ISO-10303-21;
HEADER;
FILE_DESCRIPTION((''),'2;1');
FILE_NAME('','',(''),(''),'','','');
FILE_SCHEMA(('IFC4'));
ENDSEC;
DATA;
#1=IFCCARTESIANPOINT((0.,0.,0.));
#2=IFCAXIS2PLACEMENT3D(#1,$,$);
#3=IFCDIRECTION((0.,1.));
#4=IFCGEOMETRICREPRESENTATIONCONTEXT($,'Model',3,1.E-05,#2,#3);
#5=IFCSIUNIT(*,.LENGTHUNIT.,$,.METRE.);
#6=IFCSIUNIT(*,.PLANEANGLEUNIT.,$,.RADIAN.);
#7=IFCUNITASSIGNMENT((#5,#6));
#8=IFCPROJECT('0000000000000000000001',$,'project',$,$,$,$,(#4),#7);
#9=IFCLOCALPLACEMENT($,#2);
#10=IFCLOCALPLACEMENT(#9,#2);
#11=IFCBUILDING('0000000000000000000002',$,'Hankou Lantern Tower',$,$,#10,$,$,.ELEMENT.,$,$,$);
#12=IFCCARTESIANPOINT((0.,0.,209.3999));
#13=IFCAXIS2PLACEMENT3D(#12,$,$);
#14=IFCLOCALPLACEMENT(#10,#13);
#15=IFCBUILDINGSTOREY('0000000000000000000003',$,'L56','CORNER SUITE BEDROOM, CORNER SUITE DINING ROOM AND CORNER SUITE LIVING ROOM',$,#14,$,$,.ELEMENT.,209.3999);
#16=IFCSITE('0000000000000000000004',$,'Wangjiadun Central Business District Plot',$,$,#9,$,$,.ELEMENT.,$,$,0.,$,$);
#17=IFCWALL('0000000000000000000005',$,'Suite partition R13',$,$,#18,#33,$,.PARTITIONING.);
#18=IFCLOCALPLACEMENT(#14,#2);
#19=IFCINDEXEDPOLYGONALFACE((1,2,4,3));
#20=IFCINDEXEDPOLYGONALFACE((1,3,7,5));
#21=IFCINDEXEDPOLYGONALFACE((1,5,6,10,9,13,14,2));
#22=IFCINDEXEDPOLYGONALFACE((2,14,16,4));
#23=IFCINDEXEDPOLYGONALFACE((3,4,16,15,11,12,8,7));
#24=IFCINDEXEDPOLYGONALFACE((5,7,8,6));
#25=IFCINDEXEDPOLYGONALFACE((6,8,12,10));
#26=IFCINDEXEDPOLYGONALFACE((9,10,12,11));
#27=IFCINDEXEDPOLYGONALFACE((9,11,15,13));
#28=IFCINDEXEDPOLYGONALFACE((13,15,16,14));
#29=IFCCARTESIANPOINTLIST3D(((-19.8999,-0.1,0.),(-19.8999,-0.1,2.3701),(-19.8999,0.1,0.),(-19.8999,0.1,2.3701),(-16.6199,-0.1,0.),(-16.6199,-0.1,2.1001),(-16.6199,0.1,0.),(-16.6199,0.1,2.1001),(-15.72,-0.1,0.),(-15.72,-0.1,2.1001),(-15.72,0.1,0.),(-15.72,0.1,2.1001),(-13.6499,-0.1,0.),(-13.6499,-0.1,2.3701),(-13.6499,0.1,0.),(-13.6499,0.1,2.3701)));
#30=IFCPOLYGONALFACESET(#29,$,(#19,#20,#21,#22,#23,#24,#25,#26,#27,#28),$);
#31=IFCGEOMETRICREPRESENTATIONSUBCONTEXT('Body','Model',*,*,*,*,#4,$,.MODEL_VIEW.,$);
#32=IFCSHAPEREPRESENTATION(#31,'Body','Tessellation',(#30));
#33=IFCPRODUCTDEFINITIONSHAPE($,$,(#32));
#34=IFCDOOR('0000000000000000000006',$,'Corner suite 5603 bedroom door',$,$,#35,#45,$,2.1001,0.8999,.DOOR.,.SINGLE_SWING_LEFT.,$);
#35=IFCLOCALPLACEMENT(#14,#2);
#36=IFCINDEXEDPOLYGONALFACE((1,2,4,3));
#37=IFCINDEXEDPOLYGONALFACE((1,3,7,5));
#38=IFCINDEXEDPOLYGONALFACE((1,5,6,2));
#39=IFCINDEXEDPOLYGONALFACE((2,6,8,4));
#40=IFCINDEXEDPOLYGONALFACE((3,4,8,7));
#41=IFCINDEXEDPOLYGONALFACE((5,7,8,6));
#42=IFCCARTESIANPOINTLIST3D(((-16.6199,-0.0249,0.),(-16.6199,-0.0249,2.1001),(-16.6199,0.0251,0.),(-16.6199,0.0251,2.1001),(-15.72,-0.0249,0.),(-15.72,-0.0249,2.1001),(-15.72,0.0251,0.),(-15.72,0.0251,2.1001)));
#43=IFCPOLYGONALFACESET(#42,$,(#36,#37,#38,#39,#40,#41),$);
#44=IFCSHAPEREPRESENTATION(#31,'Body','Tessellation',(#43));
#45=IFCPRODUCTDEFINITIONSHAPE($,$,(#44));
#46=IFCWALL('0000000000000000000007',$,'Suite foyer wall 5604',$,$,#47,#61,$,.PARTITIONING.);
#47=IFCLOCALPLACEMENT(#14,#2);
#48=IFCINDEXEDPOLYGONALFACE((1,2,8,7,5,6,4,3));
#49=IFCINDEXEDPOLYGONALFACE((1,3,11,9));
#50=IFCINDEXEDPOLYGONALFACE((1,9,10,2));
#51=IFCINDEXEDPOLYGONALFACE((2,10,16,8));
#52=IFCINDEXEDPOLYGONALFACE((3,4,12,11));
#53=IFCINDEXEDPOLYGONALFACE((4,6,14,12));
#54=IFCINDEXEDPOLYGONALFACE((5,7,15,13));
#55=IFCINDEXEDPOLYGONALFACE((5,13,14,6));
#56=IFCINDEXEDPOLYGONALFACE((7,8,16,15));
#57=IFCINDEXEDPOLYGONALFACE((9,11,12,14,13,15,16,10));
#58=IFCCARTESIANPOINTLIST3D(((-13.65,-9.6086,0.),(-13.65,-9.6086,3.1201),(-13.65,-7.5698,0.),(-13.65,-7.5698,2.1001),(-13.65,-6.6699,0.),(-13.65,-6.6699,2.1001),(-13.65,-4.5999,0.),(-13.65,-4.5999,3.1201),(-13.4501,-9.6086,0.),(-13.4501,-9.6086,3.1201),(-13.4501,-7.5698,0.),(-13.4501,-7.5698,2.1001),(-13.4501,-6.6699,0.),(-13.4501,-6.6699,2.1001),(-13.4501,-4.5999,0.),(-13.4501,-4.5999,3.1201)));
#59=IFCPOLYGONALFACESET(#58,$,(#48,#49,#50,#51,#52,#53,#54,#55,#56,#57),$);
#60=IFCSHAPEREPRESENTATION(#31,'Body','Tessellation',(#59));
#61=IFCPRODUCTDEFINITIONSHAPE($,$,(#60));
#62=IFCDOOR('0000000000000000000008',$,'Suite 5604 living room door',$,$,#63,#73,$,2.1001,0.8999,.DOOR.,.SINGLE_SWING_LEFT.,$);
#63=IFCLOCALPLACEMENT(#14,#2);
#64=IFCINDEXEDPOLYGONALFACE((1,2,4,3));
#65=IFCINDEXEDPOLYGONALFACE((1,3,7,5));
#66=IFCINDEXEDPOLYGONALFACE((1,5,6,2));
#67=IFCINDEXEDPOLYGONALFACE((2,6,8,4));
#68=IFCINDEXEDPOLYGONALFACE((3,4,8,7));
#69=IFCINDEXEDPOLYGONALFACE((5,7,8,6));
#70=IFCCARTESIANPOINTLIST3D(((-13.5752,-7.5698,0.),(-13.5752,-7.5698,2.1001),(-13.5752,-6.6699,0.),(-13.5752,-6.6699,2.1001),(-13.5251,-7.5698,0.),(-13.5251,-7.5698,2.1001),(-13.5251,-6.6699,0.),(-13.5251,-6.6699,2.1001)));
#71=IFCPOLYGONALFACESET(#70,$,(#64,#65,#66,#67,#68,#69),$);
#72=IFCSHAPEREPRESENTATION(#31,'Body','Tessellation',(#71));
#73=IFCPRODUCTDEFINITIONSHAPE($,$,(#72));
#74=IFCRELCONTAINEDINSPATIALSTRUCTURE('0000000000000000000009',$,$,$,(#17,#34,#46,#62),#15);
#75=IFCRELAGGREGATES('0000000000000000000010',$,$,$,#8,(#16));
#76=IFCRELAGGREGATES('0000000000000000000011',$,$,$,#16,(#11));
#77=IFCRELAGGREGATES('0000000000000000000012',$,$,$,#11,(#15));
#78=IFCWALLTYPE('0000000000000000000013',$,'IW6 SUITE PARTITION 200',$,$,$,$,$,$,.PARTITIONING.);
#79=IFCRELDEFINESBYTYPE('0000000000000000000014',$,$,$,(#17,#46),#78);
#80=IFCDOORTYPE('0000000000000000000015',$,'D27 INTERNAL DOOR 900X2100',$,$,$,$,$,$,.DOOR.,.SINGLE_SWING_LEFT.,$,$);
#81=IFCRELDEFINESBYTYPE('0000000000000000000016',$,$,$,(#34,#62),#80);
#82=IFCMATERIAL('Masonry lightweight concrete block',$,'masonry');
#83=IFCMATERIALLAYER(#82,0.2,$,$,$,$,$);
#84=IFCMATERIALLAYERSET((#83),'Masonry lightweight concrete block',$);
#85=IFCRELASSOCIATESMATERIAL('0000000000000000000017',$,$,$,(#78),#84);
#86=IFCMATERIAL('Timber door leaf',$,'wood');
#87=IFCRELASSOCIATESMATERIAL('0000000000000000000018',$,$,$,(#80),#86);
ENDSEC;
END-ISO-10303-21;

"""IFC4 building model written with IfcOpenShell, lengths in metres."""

from ifc_helpers import new_model, si_unit, direction, frame, frame_2d, origin, place, context, subcontext, project, spatial, rectangle, extrude, material, layer, layer_set, type_object, element, fill, save


model = new_model("IFC4")

# Units and contexts
model_context = context("Model", 3, precision=1e-05, world=origin(), true_north=direction((0.0, 1.0)))
body_context = subcontext(model_context, "Body", "Model", "MODEL_VIEW")
ifc_project = project(units=[si_unit("LENGTHUNIT", "METRE"), si_unit("PLANEANGLEUNIT", "RADIAN")], contexts=[model_context])

# Site, building, storey
site_placement = place(None, origin())
site = spatial("IfcSite", under=ifc_project, at=site_placement, Name="Wangjiadun Central Business District Plot", CompositionType="ELEMENT", RefElevation=0.0)
building_placement = place(site_placement, origin())
building = spatial("IfcBuilding", under=site, at=building_placement, Name="Hankou Lantern Tower", CompositionType="ELEMENT")
storey_placement = place(building_placement, frame((0.0, 0.0, 209.3999)))
storey = spatial("IfcBuildingStorey", under=building, at=storey_placement, Name="L56", Description="CORNER SUITE BEDROOM, CORNER SUITE DINING ROOM AND CORNER SUITE LIVING ROOM", CompositionType="ELEMENT", Elevation=209.3999)

# Walls, openings, doors
ifc_material_1 = material(Name="Masonry lightweight concrete block", Category="masonry")
ifc_layer_1 = layer(ifc_material_1, 0.2)
ifc_layer_set_1 = layer_set([ifc_layer_1], Name="Masonry lightweight concrete block")
wall_type_1 = type_object("IfcWallType", Name="IW6 SUITE PARTITION 200", PredefinedType="PARTITIONING", material=ifc_layer_set_1)
wall_1_placement = place(storey_placement, frame((-13.6499, 0.0, 0.0), z_axis=(0.0, 0.0, 1.0), x_axis=(-1.0, 0.0, 0.0)))
wall_1 = element("IfcWall", 1, at=wall_1_placement, inside=storey, type_object=wall_type_1, Name="Suite partition R13", PredefinedType="PARTITIONING", context=body_context, shape_type="SweptSolid", body=[
    extrude(rectangle(XDim=6.25, YDim=0.2, at=frame_2d((3.125, 0.0))), origin(), (0.0, 0.0, 1.0), 2.3701),
])
opening_1_placement = place(wall_1_placement, frame((2.0701, 0.0, 0.0)))
opening_1 = element("IfcOpeningElement", 2, at=opening_1_placement, cuts=wall_1, PredefinedType="OPENING", context=body_context, shape_type="SweptSolid", body=[
    extrude(rectangle(XDim=0.8999, YDim=2.1001, at=frame_2d((0.45, 1.05))), frame((0.0, 0.1099, 0.0), z_axis=(0.0, -1.0, 0.0), x_axis=(1.0, 0.0, 0.0)), (0.0, 0.0, 1.0), 0.22),
])
ifc_material_2 = material(Name="Timber door leaf", Category="wood")
door_type_1 = type_object("IfcDoorType", Name="D27 INTERNAL DOOR 900X2100", OperationType="SINGLE_SWING_LEFT", PredefinedType="DOOR", material=ifc_material_2)
door_1_placement = place(opening_1_placement, origin())
door_1 = element("IfcDoor", 3, at=door_1_placement, inside=storey, type_object=door_type_1, Name="Corner suite 5603 bedroom door", OperationType="SINGLE_SWING_LEFT", OverallHeight=2.1001, OverallWidth=0.8999, PredefinedType="DOOR", context=body_context, shape_type="SweptSolid", body=[
    extrude(rectangle(XDim=0.8999, YDim=2.1001, at=frame_2d((0.45, 1.05))), frame((0.0, 0.0249, 0.0), z_axis=(0.0, -1.0, 0.0), x_axis=(1.0, 0.0, 0.0)), (0.0, 0.0, 1.0), 0.05),
])
fill(opening_1, door_1)
wall_2_placement = place(storey_placement, frame((-13.55, -4.5999, 0.0), z_axis=(0.0, 0.0, 1.0), x_axis=(0.0, -1.0, 0.0)))
wall_2 = element("IfcWall", 4, at=wall_2_placement, inside=storey, type_object=wall_type_1, Name="Suite foyer wall 5604", PredefinedType="PARTITIONING", context=body_context, shape_type="SweptSolid", body=[
    extrude(rectangle(XDim=5.0088, YDim=0.2, at=frame_2d((2.5044, 0.0))), origin(), (0.0, 0.0, 1.0), 3.1201),
])
opening_2_placement = place(wall_2_placement, frame((2.0701, 0.0, 0.0)))
opening_2 = element("IfcOpeningElement", 5, at=opening_2_placement, cuts=wall_2, PredefinedType="OPENING", context=body_context, shape_type="SweptSolid", body=[
    extrude(rectangle(XDim=0.8999, YDim=2.1001, at=frame_2d((0.45, 1.05))), frame((0.0, 0.1099, 0.0), z_axis=(0.0, -1.0, 0.0), x_axis=(1.0, 0.0, 0.0)), (0.0, 0.0, 1.0), 0.22),
])
door_2_placement = place(opening_2_placement, origin())
door_2 = element("IfcDoor", 6, at=door_2_placement, inside=storey, type_object=door_type_1, Name="Suite 5604 living room door", OperationType="SINGLE_SWING_LEFT", OverallHeight=2.1001, OverallWidth=0.8999, PredefinedType="DOOR", context=body_context, shape_type="SweptSolid", body=[
    extrude(rectangle(XDim=0.8999, YDim=2.1001, at=frame_2d((0.45, 1.05))), frame((0.0, 0.0249, 0.0), z_axis=(0.0, -1.0, 0.0), x_axis=(1.0, 0.0, 0.0)), (0.0, 0.0, 1.0), 0.05),
])
fill(opening_2, door_2)

save(model, "model.ifc")
